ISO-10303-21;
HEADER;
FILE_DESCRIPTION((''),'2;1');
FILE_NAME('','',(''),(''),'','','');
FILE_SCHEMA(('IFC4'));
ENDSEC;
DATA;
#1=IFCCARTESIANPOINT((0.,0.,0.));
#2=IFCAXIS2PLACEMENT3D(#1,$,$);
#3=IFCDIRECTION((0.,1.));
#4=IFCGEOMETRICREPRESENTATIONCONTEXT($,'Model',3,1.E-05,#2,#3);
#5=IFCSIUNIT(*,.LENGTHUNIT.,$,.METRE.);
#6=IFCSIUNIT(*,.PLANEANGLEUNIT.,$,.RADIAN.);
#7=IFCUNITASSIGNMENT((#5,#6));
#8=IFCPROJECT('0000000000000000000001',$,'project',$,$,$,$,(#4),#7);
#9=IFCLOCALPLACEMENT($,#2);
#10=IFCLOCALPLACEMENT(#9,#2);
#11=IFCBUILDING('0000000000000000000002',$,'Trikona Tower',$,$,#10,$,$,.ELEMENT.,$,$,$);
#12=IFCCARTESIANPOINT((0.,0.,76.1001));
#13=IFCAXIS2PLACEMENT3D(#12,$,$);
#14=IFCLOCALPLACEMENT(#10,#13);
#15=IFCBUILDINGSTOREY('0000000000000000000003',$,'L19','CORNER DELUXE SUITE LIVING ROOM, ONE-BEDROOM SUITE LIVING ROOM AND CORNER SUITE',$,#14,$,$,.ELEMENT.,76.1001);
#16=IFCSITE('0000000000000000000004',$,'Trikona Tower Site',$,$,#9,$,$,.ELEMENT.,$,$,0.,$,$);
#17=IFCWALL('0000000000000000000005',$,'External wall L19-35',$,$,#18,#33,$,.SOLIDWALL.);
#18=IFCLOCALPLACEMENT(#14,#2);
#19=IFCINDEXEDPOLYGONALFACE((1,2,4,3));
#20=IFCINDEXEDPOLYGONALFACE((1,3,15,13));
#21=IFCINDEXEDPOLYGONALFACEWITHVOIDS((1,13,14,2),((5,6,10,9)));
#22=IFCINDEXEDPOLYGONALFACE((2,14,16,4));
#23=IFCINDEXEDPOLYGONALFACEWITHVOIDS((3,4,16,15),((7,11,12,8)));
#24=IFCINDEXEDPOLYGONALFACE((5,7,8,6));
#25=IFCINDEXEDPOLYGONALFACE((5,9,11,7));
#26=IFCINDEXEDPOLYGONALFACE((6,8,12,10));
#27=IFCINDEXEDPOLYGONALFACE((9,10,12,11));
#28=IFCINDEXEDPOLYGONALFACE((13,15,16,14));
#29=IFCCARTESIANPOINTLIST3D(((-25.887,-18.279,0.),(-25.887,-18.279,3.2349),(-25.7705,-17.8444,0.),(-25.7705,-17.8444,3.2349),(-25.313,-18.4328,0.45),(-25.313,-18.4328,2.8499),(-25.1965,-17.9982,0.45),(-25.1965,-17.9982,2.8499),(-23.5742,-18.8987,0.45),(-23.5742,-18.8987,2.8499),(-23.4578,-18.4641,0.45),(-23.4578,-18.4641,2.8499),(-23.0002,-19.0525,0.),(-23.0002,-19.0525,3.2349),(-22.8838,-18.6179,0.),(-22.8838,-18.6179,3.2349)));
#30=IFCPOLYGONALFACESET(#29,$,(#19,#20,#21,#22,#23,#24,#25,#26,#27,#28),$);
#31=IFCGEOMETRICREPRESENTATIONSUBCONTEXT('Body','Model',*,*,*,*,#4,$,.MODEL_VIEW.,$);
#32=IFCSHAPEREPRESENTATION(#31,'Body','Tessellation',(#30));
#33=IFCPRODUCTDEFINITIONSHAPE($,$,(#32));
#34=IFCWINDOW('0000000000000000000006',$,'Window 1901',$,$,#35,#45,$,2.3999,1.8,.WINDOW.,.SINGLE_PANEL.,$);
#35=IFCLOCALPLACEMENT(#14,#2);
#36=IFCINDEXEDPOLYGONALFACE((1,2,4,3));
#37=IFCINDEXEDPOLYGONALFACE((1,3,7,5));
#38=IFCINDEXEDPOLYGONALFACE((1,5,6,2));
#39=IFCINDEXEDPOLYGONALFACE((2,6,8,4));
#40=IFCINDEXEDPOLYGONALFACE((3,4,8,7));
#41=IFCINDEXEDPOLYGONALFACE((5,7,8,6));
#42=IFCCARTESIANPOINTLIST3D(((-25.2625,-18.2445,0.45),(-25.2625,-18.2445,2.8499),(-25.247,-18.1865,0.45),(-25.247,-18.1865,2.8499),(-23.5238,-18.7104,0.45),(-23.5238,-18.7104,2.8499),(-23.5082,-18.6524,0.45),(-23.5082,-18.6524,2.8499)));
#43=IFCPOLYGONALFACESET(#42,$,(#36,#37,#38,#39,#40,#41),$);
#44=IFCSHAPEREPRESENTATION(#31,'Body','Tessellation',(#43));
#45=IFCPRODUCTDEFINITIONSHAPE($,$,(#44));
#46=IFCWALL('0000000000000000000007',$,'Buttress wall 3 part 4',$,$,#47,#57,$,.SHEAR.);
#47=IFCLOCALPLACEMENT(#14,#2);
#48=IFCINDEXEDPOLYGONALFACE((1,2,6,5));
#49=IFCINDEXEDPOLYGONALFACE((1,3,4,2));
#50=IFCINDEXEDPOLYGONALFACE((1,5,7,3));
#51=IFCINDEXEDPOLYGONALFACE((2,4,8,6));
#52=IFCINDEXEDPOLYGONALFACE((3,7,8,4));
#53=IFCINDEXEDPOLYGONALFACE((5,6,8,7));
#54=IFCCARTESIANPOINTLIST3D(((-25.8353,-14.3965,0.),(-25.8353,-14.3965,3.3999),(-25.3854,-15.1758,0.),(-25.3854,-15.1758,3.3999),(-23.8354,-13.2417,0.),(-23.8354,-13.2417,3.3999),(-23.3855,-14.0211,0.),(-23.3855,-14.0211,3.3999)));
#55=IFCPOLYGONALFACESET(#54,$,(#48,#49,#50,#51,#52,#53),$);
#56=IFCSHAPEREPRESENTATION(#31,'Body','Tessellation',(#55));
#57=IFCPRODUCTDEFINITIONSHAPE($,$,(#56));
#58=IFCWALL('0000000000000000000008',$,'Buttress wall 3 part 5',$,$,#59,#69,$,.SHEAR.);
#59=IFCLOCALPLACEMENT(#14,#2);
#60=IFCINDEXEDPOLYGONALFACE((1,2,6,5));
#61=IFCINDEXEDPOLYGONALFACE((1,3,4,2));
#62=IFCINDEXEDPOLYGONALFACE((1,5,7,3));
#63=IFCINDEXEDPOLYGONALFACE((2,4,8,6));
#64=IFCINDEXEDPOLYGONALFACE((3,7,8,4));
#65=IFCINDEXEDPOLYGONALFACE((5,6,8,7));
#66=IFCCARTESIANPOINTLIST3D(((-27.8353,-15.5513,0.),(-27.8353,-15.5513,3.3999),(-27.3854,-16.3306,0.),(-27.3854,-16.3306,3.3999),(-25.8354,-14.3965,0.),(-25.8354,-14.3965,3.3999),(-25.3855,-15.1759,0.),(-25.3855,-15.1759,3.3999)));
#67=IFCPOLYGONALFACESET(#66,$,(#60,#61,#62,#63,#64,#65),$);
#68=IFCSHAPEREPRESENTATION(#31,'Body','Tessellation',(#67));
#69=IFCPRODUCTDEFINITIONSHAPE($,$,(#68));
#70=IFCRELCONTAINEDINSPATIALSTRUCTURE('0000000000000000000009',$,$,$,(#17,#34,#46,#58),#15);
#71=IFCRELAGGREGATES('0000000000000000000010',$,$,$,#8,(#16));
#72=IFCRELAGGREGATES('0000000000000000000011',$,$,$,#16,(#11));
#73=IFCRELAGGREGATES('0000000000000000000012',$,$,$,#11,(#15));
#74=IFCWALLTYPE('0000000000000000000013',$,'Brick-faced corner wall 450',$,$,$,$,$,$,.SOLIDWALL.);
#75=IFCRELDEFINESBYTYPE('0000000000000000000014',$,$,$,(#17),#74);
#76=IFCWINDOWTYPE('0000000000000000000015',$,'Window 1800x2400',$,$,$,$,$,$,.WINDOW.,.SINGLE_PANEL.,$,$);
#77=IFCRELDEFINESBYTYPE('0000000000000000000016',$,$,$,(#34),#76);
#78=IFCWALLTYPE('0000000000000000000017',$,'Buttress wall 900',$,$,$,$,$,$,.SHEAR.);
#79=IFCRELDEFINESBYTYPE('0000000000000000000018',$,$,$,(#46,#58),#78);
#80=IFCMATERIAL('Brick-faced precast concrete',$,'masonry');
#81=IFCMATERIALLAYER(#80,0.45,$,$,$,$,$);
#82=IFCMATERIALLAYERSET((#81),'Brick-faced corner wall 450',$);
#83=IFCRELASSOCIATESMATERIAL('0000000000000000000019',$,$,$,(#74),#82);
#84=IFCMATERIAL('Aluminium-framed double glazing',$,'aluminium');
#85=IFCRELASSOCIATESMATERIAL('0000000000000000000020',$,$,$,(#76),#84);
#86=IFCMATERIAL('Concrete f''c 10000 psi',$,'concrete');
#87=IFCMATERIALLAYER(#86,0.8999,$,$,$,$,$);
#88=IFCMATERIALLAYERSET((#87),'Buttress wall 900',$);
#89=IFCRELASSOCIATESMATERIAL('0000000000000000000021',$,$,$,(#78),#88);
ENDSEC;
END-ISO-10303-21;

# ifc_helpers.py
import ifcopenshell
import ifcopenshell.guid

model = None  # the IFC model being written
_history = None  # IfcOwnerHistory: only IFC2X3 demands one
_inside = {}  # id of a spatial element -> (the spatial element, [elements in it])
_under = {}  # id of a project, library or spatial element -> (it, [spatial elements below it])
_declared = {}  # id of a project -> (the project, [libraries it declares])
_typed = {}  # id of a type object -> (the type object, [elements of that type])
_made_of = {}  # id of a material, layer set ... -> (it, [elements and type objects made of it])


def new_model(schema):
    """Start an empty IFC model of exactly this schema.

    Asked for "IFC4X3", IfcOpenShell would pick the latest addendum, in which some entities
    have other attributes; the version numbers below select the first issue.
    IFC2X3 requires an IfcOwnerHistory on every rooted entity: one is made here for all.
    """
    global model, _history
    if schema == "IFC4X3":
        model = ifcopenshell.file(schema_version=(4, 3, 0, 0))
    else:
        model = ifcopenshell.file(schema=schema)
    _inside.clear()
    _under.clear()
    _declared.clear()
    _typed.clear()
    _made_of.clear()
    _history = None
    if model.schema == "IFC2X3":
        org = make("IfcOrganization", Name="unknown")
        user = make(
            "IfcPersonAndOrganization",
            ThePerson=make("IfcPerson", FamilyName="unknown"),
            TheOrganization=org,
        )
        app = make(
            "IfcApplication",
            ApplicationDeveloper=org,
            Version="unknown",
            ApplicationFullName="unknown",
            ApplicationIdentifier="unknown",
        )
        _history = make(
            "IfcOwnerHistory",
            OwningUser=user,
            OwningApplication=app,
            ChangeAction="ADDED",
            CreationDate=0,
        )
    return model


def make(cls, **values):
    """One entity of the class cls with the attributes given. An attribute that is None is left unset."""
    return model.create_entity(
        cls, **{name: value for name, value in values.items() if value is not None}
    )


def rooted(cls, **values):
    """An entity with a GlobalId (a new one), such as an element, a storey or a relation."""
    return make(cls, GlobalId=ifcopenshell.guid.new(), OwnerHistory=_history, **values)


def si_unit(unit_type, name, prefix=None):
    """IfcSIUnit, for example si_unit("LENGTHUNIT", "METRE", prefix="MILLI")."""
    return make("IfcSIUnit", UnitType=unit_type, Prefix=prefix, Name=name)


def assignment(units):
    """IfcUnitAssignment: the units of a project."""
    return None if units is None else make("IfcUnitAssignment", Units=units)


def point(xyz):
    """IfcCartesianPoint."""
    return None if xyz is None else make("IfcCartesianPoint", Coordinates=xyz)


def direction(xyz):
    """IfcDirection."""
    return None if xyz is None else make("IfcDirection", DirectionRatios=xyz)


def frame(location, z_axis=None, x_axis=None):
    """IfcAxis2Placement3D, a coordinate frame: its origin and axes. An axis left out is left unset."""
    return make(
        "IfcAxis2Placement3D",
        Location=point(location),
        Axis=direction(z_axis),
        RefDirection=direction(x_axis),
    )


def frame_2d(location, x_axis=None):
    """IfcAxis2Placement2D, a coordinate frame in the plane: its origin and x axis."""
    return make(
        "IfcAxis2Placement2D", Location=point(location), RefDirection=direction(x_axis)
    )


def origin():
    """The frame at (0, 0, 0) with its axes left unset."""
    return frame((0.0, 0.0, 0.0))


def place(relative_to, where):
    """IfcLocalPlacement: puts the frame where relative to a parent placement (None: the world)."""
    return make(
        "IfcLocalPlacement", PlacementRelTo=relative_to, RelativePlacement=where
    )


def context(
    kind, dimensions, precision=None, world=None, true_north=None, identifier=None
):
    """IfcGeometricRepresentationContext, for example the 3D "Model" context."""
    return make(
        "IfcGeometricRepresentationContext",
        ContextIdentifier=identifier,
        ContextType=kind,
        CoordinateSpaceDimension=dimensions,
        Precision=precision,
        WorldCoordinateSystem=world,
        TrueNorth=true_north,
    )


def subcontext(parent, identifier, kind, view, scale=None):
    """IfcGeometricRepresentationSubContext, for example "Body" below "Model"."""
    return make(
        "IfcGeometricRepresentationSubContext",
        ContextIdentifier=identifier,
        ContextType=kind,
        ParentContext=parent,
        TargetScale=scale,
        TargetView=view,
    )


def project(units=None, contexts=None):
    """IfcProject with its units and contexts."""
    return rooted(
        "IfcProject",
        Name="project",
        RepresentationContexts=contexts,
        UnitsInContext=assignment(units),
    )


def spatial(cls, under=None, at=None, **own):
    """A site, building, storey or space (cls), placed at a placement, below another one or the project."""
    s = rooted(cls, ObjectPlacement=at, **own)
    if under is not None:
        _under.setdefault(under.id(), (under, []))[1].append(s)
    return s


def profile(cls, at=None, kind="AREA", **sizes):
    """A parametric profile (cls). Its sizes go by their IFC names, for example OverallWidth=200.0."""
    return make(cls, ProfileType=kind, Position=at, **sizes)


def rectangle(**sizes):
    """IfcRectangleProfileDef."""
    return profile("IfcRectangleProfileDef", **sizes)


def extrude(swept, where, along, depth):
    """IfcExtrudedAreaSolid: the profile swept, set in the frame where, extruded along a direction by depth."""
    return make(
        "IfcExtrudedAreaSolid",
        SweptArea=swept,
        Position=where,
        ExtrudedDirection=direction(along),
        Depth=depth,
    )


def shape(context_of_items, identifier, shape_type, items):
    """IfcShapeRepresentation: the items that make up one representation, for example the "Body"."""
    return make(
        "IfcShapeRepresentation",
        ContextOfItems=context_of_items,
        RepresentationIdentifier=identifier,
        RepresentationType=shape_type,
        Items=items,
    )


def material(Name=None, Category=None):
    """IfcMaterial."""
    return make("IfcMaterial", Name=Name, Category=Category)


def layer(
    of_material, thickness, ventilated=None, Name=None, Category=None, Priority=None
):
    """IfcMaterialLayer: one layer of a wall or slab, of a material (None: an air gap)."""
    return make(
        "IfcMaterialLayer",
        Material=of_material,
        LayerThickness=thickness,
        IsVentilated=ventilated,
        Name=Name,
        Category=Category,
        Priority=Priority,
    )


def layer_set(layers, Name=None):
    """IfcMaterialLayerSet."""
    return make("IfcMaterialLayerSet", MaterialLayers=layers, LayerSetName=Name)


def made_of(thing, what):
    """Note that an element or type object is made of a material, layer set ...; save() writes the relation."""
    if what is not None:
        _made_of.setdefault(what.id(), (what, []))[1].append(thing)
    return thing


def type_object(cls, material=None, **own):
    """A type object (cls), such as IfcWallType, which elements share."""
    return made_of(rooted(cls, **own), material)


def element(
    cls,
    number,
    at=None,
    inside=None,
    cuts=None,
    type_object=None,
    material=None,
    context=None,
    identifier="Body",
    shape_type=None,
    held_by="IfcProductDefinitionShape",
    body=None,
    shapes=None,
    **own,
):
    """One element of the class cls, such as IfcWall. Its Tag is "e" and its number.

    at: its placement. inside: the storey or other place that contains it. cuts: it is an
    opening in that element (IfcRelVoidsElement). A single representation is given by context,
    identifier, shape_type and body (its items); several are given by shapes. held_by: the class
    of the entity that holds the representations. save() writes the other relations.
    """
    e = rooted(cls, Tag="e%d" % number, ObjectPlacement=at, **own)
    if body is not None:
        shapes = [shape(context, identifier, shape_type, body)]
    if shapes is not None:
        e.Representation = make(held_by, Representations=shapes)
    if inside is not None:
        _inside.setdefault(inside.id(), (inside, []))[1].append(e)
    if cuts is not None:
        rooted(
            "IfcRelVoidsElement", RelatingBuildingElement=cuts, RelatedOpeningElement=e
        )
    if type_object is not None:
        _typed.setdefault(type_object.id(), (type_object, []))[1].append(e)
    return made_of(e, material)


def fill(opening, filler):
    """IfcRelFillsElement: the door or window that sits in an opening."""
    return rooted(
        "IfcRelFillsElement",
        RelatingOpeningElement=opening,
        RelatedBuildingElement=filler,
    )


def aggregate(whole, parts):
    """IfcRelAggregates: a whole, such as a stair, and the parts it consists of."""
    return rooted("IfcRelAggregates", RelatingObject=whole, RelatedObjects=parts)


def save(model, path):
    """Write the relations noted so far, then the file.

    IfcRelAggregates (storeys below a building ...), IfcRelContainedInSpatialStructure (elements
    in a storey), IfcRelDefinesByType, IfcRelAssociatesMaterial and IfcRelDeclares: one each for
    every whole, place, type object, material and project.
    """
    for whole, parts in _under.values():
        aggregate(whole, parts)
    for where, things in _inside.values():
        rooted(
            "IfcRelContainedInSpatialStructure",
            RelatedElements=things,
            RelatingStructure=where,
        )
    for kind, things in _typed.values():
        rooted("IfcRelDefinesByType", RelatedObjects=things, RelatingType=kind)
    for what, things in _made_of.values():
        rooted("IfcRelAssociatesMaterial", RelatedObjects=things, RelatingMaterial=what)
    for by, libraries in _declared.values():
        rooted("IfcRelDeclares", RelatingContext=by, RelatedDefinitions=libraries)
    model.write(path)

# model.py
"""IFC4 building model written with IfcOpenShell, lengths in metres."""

from ifc_helpers import new_model, si_unit, direction, frame, frame_2d, origin, place, context, subcontext, project, spatial, rectangle, extrude, material, layer, layer_set, type_object, element, fill, save


model = new_model("IFC4")

# Units and contexts
model_context = context("Model", 3, precision=1e-05, world=origin(), true_north=direction((0.0, 1.0)))
body_context = subcontext(model_context, "Body", "Model", "MODEL_VIEW")
ifc_project = project(units=[si_unit("LENGTHUNIT", "METRE"), si_unit("PLANEANGLEUNIT", "RADIAN")], contexts=[model_context])

# Site, building, storey
site_placement = place(None, origin())
site = spatial("IfcSite", under=ifc_project, at=site_placement, Name="Trikona Tower Site", CompositionType="ELEMENT", RefElevation=0.0)
building_placement = place(site_placement, origin())
building = spatial("IfcBuilding", under=site, at=building_placement, Name="Trikona Tower", CompositionType="ELEMENT")
storey_placement = place(building_placement, frame((0.0, 0.0, 76.1001)))
storey = spatial("IfcBuildingStorey", under=building, at=storey_placement, Name="L19", Description="CORNER DELUXE SUITE LIVING ROOM, ONE-BEDROOM SUITE LIVING ROOM AND CORNER SUITE", CompositionType="ELEMENT", Elevation=76.1001)

# Wall, opening, window
ifc_material_1 = material(Name="Brick-faced precast concrete", Category="masonry")
ifc_layer_1 = layer(ifc_material_1, 0.45)
ifc_layer_set_1 = layer_set([ifc_layer_1], Name="Brick-faced corner wall 450")
wall_type_1 = type_object("IfcWallType", Name="Brick-faced corner wall 450", PredefinedType="SOLIDWALL", material=ifc_layer_set_1)
wall_1_placement = place(storey_placement, frame((-25.8286, -18.0618, 0.0), z_axis=(0.0, 0.0, 1.0), x_axis=(0.965931, -0.258801, 0.0)))
wall_1 = element("IfcWall", 1, at=wall_1_placement, inside=storey, type_object=wall_type_1, Name="External wall L19-35", PredefinedType="SOLIDWALL", context=body_context, shape_type="SweptSolid", body=[
    extrude(rectangle(XDim=2.9885, YDim=0.45, at=frame_2d((1.4941, 0.0))), origin(), (0.0, 0.0, 1.0), 3.2349),
])
opening_1_placement = place(wall_1_placement, frame((0.5942, 0.0, 0.45)))
opening_1 = element("IfcOpeningElement", 2, at=opening_1_placement, cuts=wall_1, PredefinedType="OPENING", context=body_context, shape_type="SweptSolid", body=[
    extrude(rectangle(XDim=1.8, YDim=2.3999, at=frame_2d((0.8999, 1.2))), frame((0.0, 0.2349, 0.0), z_axis=(0.0, -1.0, 0.0), x_axis=(1.0, 0.0, 0.0)), (0.0, 0.0, 1.0), 0.47),
])
ifc_material_2 = material(Name="Aluminium-framed double glazing", Category="aluminium")
window_type_1 = type_object("IfcWindowType", Name="Window 1800x2400", PartitioningType="SINGLE_PANEL", PredefinedType="WINDOW", material=ifc_material_2)
window_1_placement = place(opening_1_placement, origin())
window_1 = element("IfcWindow", 3, at=window_1_placement, inside=storey, type_object=window_type_1, Name="Window 1901", OverallHeight=2.3999, OverallWidth=1.8, PartitioningType="SINGLE_PANEL", PredefinedType="WINDOW", context=body_context, shape_type="SweptSolid", body=[
    extrude(rectangle(XDim=1.8, YDim=2.3999, at=frame_2d((0.8999, 1.2))), frame((0.0, 0.03, 0.0), z_axis=(0.0, -1.0, 0.0), x_axis=(1.0, 0.0, 0.0)), (0.0, 0.0, 1.0), 0.0601),
])
fill(opening_1, window_1)

# Walls
ifc_material_3 = material(Name="Concrete f'c 10000 psi", Category="concrete")
ifc_layer_2 = layer(ifc_material_3, 0.8999)
ifc_layer_set_2 = layer_set([ifc_layer_2], Name="Buttress wall 900")
wall_type_2 = type_object("IfcWallType", Name="Buttress wall 900", PredefinedType="SHEAR", material=ifc_layer_set_2)
for number, where, z_axis, x_axis, name in (
    (4, (-23.6104, -13.6313, 0.0), (0.0, 0.0, 1.0), (-0.86601, -0.500027, 0.0), "Buttress wall 3 part 4"),
    (5, (-25.6104, -14.7861, 0.0), (0.0, 0.0, 1.0), (-0.86601, -0.500027, 0.0), "Buttress wall 3 part 5"),
):
    element("IfcWall", number, at=place(storey_placement, frame(where, z_axis=z_axis, x_axis=x_axis)), inside=storey, type_object=wall_type_2, Name=name, PredefinedType="SHEAR", context=body_context, shape_type="SweptSolid", body=[
        extrude(rectangle(XDim=2.3093, YDim=0.8999, at=frame_2d((1.1548, 0.0))), origin(), (0.0, 0.0, 1.0), 3.3999),
    ])

save(model, "model.ifc")
